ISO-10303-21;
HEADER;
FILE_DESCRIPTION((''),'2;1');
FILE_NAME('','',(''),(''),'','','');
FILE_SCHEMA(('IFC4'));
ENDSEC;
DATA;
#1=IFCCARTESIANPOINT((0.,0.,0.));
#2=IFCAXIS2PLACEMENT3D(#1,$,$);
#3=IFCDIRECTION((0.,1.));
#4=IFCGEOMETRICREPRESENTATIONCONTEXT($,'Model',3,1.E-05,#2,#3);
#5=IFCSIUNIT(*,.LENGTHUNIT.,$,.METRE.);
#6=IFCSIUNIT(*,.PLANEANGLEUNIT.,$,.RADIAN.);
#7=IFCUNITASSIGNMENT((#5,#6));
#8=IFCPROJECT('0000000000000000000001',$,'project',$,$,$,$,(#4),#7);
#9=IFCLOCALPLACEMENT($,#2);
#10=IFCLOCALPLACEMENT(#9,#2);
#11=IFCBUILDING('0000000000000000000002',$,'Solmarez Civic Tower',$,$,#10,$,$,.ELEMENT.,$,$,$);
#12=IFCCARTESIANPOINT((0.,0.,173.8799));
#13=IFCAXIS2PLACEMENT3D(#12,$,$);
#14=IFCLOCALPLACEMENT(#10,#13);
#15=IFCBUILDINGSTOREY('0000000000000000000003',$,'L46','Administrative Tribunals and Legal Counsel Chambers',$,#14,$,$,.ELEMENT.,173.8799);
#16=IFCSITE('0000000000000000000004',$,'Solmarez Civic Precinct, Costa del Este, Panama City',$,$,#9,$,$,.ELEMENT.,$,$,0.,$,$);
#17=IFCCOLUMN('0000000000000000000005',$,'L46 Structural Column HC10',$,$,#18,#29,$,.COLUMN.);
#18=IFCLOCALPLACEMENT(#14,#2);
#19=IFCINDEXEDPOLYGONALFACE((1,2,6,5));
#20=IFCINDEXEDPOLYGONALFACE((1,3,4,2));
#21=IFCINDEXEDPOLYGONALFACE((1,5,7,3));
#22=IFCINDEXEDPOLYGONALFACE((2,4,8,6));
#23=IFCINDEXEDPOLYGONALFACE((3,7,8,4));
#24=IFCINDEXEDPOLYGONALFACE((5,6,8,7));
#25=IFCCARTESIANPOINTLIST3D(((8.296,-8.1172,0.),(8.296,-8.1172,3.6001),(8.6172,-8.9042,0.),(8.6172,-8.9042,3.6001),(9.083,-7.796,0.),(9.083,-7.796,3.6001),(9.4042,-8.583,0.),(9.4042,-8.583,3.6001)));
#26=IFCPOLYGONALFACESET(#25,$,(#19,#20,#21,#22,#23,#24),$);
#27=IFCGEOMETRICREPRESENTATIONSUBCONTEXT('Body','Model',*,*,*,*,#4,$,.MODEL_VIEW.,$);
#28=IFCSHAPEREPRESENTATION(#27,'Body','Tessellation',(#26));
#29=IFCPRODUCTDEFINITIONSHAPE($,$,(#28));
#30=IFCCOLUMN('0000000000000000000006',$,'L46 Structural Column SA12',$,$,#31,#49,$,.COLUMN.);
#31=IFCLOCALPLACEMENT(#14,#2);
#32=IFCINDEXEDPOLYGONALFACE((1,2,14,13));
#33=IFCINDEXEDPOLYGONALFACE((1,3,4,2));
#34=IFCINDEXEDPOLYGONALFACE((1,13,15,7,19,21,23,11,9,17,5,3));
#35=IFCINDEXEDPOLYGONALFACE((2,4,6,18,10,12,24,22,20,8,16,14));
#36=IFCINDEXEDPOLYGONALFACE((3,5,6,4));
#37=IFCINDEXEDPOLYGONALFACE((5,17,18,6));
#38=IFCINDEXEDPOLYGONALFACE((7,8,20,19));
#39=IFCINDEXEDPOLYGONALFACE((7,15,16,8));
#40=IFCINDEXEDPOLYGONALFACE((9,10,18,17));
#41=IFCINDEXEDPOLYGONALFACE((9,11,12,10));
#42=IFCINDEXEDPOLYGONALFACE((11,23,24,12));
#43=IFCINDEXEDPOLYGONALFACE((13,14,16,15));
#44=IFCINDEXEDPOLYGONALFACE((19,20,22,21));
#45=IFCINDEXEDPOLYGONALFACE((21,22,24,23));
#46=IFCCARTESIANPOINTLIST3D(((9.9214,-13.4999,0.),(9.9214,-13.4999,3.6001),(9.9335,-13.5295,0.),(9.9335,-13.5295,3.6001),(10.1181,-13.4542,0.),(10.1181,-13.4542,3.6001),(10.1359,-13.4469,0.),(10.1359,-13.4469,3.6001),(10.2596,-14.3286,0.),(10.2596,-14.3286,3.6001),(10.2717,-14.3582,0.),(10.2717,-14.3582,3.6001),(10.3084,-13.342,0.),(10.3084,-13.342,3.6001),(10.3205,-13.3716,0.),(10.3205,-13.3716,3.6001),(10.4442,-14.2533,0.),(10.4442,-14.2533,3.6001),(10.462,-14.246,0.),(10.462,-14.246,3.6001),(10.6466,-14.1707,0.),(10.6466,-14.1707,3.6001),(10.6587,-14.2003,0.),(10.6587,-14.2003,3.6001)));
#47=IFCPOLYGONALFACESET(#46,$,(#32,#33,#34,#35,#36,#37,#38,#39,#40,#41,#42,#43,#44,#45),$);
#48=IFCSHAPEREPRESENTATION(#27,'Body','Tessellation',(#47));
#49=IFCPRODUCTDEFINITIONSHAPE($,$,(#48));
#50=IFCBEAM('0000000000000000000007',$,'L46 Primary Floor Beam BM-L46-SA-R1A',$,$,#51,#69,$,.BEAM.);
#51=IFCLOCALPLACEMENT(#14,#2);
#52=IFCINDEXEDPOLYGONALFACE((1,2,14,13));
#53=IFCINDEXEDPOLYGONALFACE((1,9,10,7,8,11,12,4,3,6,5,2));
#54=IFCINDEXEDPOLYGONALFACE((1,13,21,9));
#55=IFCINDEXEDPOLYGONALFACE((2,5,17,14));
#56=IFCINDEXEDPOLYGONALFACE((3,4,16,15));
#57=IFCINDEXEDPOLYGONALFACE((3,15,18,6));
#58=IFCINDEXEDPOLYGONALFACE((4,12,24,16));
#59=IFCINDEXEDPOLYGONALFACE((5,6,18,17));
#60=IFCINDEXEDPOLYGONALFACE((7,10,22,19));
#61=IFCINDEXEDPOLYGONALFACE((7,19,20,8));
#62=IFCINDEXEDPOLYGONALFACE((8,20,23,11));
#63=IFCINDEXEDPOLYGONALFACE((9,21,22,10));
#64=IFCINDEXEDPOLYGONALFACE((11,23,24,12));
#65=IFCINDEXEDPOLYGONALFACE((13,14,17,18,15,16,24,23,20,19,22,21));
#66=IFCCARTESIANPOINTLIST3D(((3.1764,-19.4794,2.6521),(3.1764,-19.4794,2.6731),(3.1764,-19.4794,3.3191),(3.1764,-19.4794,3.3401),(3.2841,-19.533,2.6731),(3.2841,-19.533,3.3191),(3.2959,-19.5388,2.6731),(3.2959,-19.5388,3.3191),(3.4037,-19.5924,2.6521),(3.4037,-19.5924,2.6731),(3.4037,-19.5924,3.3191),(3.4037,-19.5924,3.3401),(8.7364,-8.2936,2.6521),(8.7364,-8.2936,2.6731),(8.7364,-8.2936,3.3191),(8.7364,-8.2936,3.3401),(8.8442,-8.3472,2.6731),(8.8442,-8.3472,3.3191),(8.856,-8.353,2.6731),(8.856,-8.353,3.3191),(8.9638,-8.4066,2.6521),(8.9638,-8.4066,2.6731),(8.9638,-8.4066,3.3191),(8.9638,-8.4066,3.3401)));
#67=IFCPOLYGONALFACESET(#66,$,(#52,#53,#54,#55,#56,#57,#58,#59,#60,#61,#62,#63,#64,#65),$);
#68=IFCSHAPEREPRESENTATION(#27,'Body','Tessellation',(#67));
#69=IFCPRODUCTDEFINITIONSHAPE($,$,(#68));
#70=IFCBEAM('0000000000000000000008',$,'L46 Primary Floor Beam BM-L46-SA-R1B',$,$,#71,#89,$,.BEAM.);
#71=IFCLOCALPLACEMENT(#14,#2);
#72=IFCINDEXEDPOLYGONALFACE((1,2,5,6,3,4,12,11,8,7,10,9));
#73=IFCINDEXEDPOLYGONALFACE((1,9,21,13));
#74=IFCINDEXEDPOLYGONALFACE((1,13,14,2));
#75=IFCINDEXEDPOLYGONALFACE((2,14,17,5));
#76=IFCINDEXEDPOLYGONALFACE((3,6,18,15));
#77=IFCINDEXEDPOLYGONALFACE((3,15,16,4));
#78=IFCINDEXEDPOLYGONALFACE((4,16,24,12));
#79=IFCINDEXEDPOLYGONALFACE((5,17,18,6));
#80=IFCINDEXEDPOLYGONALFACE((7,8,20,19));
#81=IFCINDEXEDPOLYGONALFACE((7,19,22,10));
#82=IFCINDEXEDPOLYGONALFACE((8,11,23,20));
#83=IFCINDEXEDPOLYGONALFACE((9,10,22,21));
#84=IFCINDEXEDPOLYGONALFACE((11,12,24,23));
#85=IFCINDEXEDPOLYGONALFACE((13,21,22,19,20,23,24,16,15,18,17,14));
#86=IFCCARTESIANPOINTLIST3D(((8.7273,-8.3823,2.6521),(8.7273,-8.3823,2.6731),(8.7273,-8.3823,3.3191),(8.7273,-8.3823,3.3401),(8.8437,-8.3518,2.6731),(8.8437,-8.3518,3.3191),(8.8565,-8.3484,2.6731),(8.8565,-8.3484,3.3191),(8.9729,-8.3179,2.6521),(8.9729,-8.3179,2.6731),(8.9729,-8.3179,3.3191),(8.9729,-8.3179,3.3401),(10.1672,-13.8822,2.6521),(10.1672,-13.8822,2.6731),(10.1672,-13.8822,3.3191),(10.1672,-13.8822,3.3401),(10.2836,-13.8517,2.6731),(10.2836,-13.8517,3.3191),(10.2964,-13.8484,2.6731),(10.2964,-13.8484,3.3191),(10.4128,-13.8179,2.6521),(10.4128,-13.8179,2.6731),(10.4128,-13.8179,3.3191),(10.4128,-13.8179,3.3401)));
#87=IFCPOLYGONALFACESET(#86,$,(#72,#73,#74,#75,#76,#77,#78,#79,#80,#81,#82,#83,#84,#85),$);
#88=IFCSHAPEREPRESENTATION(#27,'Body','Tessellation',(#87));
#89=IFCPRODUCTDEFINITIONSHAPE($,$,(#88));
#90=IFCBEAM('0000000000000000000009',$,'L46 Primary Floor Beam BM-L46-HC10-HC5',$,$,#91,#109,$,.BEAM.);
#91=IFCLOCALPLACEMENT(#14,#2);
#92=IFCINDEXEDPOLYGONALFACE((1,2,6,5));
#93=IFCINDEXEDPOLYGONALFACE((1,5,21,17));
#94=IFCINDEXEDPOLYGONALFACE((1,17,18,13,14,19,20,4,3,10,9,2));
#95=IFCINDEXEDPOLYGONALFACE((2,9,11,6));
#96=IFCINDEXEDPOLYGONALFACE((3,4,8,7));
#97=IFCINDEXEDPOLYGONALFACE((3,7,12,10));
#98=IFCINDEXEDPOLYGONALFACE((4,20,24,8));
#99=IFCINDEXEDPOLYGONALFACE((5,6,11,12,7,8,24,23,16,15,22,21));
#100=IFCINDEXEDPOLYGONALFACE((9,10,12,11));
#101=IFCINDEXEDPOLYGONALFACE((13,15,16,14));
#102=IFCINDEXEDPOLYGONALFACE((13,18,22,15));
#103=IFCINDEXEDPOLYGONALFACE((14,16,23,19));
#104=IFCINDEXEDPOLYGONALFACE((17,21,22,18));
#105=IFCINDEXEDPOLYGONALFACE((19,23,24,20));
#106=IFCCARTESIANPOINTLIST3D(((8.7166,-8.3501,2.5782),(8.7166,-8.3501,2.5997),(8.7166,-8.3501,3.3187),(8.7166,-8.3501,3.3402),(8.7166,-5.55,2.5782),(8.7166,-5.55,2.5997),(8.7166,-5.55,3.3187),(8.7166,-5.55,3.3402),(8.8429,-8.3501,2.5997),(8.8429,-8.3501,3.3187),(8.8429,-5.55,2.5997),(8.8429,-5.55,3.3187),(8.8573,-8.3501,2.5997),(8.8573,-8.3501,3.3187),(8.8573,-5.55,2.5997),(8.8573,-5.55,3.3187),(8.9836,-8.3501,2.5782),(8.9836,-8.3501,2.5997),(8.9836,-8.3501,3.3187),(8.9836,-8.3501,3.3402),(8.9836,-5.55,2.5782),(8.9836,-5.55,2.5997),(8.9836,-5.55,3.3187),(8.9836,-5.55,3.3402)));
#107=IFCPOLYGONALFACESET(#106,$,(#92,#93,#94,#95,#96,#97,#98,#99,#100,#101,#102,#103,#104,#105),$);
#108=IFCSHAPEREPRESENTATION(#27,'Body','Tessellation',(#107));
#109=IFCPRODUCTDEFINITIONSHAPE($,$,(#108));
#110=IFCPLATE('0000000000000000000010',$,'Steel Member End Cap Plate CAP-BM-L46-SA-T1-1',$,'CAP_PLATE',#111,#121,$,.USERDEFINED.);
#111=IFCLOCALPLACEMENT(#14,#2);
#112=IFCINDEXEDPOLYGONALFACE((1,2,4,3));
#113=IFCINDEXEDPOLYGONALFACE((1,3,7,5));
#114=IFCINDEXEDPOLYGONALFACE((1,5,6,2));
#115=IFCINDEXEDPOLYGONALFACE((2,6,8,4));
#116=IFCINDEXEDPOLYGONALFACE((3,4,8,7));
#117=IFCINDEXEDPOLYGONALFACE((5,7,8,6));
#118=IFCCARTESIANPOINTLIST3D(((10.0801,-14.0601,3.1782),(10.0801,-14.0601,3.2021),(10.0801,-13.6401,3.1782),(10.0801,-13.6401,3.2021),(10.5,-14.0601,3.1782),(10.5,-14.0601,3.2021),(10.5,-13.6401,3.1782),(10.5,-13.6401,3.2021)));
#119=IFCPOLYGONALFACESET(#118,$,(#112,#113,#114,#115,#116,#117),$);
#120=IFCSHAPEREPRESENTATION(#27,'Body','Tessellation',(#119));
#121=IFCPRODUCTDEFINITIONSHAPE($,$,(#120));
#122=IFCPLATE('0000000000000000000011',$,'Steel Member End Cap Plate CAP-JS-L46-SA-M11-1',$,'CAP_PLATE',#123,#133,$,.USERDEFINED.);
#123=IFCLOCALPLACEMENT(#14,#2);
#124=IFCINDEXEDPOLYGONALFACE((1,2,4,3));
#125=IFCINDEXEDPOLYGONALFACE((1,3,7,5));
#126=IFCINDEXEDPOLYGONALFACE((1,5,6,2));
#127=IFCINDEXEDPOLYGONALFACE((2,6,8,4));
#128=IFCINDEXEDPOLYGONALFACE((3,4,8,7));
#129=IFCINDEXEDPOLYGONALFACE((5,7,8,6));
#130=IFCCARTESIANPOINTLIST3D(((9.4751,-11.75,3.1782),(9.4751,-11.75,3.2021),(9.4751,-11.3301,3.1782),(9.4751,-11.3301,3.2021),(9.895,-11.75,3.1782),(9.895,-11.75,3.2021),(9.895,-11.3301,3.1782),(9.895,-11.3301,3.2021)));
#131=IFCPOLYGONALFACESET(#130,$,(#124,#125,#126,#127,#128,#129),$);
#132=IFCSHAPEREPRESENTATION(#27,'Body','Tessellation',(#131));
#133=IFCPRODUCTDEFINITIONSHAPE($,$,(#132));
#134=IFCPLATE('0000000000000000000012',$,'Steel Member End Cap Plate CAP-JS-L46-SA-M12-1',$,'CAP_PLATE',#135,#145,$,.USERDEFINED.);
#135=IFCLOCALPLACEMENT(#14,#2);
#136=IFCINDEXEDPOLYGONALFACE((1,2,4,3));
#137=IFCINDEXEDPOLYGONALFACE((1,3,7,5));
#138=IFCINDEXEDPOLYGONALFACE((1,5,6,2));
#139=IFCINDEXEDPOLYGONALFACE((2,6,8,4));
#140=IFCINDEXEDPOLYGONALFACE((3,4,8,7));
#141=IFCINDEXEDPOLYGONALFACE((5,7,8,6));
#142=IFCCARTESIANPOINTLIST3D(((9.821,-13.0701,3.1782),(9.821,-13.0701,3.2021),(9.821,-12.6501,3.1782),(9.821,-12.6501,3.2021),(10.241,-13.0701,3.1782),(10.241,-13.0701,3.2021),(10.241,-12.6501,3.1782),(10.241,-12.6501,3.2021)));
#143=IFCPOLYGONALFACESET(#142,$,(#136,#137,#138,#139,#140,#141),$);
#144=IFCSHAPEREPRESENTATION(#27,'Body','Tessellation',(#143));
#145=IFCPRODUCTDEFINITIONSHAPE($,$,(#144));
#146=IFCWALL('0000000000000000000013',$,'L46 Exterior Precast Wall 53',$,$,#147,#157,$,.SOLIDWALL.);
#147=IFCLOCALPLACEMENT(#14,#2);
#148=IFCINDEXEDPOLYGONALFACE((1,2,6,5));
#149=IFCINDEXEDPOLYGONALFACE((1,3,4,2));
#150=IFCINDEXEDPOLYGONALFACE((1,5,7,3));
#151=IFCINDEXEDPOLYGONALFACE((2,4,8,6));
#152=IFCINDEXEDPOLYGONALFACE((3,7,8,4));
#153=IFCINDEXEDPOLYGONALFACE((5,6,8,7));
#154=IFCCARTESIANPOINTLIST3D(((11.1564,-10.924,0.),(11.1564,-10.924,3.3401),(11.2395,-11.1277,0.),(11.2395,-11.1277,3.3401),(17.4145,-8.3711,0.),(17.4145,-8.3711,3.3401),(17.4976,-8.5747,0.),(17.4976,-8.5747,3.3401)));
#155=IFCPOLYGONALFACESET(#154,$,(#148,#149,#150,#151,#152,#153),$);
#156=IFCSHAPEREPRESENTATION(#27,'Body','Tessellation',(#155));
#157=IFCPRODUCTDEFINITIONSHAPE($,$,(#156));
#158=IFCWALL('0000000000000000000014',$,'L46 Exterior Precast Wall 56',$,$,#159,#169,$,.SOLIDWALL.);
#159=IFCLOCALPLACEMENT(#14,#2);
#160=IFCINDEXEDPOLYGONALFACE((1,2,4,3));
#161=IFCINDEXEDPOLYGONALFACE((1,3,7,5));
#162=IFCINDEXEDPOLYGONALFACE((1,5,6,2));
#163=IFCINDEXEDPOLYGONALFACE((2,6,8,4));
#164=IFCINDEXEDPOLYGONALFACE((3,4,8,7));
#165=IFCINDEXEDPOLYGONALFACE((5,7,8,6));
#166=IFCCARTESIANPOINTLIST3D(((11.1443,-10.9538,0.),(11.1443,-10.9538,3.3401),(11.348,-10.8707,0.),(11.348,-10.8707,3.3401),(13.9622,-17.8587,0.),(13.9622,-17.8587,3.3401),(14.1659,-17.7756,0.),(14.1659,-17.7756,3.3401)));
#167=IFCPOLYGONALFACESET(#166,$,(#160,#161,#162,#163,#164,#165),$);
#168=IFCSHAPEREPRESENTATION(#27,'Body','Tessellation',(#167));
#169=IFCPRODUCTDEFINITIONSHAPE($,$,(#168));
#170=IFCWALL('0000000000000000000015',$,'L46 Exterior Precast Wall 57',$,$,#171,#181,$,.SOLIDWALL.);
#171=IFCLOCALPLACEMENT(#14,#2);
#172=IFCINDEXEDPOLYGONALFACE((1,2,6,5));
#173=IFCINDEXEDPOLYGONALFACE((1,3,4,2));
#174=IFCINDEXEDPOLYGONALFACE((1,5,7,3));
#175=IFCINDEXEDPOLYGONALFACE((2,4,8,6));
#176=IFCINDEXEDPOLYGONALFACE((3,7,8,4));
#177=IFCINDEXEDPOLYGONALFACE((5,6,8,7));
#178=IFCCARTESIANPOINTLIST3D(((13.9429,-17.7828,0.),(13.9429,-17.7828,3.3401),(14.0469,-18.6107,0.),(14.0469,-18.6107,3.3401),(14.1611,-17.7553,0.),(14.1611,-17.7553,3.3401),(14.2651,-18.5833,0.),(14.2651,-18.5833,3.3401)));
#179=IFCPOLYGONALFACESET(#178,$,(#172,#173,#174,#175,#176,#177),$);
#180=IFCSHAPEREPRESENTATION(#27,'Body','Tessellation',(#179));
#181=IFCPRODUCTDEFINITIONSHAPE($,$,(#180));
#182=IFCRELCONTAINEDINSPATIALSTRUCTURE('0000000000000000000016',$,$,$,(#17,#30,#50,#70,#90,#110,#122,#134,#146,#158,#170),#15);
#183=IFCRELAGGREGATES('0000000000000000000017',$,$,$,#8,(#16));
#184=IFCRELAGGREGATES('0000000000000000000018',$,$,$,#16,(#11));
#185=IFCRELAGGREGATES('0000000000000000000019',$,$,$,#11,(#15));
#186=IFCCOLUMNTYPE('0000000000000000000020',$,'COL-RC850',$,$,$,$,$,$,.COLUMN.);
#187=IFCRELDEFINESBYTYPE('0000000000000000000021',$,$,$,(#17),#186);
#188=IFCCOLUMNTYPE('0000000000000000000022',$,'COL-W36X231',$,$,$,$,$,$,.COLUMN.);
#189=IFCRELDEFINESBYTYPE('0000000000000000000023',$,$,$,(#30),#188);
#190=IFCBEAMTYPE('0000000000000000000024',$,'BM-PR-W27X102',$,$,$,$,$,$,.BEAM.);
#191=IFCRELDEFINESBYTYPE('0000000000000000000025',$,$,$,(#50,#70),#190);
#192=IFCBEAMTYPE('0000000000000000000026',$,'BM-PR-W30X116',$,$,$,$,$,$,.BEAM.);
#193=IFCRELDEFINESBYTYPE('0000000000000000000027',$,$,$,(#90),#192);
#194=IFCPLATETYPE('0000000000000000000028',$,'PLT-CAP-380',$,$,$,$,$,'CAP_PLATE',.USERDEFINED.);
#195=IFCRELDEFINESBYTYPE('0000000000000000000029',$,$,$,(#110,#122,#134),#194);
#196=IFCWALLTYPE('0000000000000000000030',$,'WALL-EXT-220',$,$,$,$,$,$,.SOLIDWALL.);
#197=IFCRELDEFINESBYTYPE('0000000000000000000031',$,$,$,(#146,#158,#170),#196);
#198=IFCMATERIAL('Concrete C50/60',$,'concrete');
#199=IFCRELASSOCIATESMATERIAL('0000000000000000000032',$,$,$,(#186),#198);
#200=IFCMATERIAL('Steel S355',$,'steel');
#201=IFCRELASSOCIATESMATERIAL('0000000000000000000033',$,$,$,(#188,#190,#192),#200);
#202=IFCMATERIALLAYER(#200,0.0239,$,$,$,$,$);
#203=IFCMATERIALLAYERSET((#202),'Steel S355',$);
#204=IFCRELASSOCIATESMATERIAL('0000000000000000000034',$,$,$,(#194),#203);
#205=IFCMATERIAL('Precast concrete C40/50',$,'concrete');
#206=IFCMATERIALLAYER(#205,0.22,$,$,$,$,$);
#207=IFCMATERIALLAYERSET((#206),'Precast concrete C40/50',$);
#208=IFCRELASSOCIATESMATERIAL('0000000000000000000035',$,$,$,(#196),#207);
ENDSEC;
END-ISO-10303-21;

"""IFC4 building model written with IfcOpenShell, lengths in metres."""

from ifc_helpers import new_model, si_unit, direction, frame, frame_2d, origin, origin_2d, place, context, subcontext, project, spatial, rectangle, i_section, extrude, material, layer, layer_set, material_profile, profile_set, type_object, element, save


model = new_model("IFC4")

# Units and contexts
model_context = context("Model", 3, precision=1e-05, world=origin(), true_north=direction((0.0, 1.0)))
body_context = subcontext(model_context, "Body", "Model", "MODEL_VIEW")
ifc_project = project(units=[si_unit("LENGTHUNIT", "METRE"), si_unit("PLANEANGLEUNIT", "RADIAN")], contexts=[model_context])

# Site, building, storey
site_placement = place(None, origin())
site = spatial("IfcSite", under=ifc_project, at=site_placement, Name="Solmarez Civic Precinct, Costa del Este, Panama City", CompositionType="ELEMENT", RefElevation=0.0)
building_placement = place(site_placement, origin())
building = spatial("IfcBuilding", under=site, at=building_placement, Name="Solmarez Civic Tower", CompositionType="ELEMENT")
storey_placement = place(building_placement, frame((0.0, 0.0, 173.8799)))
storey = spatial("IfcBuildingStorey", under=building, at=storey_placement, Name="L46", Description="Administrative Tribunals and Legal Counsel Chambers", CompositionType="ELEMENT", Elevation=173.8799)

# Columns
ifc_material_1 = material(Name="Concrete C50/60", Category="concrete")
ifc_material_profile_1 = material_profile(ifc_material_1, rectangle(XDim=0.8501, YDim=0.8501, at=origin_2d()), Name="RC850X850")
ifc_profile_set_1 = profile_set([ifc_material_profile_1], Name="Concrete C50/60")
column_type_1 = type_object("IfcColumnType", Name="COL-RC850", PredefinedType="COLUMN", material=ifc_profile_set_1)
column_1_placement = place(storey_placement, frame((8.8501, -8.3501, 0.0), z_axis=(0.0, 0.0, 1.0), x_axis=(0.925871, 0.377841, 0.0)))
element("IfcColumn", 1, at=column_1_placement, inside=storey, type_object=column_type_1, Name="L46 Structural Column HC10", PredefinedType="COLUMN", context=body_context, shape_type="SweptSolid", body=[
    extrude(rectangle(XDim=0.8501, YDim=0.8501, at=origin_2d()), origin(), (0.0, 0.0, 1.0), 3.6001),
])
ifc_material_2 = material(Name="Steel S355", Category="steel")
ifc_material_profile_2 = material_profile(ifc_material_2, i_section(OverallWidth=0.418, OverallDepth=0.927, WebThickness=0.0193, FlangeThickness=0.032, at=origin_2d()), Name="W36X231")
ifc_profile_set_2 = profile_set([ifc_material_profile_2], Name="Steel S355")
column_type_2 = type_object("IfcColumnType", Name="COL-W36X231", PredefinedType="COLUMN", material=ifc_profile_set_2)
column_2_placement = place(storey_placement, frame((10.29, -13.8501, 0.0), z_axis=(0.0, 0.0, 1.0), x_axis=(0.925871, 0.377841, 0.0)))
element("IfcColumn", 2, at=column_2_placement, inside=storey, type_object=column_type_2, Name="L46 Structural Column SA12", PredefinedType="COLUMN", context=body_context, shape_type="SweptSolid", body=[
    extrude(i_section(OverallWidth=0.418, OverallDepth=0.927, WebThickness=0.0193, FlangeThickness=0.032, at=origin_2d()), origin(), (0.0, 0.0, 1.0), 3.6001),
])

# Beams
ifc_material_profile_3 = material_profile(ifc_material_2, i_section(OverallWidth=0.2539, OverallDepth=0.688, WebThickness=0.0132, FlangeThickness=0.021, at=origin_2d()), Name="W27X102")
ifc_profile_set_3 = profile_set([ifc_material_profile_3], Name="Steel S355")
beam_type_1 = type_object("IfcBeamType", Name="BM-PR-W27X102", PredefinedType="BEAM", material=ifc_profile_set_3)
beam_1_placement = place(storey_placement, frame((8.8501, -8.3501, 2.9961), z_axis=(-0.445109, -0.895476, 0.0), x_axis=(0.895476, -0.445109, 0.0)))
element("IfcBeam", 3, at=beam_1_placement, inside=storey, type_object=beam_type_1, Name="L46 Primary Floor Beam BM-L46-SA-R1A", PredefinedType="BEAM", context=body_context, shape_type="SweptSolid", body=[
    extrude(i_section(OverallWidth=0.2539, OverallDepth=0.688, WebThickness=0.0132, FlangeThickness=0.021, at=origin_2d()), origin(), (0.0, 0.0, 1.0), 12.4915),
])
beam_2_placement = place(storey_placement, frame((8.8501, -8.3501, 2.9961), z_axis=(0.253271, -0.967395, 0.0), x_axis=(0.967395, 0.253271, 0.0)))
element("IfcBeam", 4, at=beam_2_placement, inside=storey, type_object=beam_type_1, Name="L46 Primary Floor Beam BM-L46-SA-R1B", PredefinedType="BEAM", context=body_context, shape_type="SweptSolid", body=[
    extrude(i_section(OverallWidth=0.2539, OverallDepth=0.688, WebThickness=0.0132, FlangeThickness=0.021, at=origin_2d()), origin(), (0.0, 0.0, 1.0), 5.6853),
])
ifc_material_profile_4 = material_profile(ifc_material_2, i_section(OverallWidth=0.2671, OverallDepth=0.762, WebThickness=0.0144, FlangeThickness=0.0215, at=origin_2d()), Name="W30X116")
ifc_profile_set_4 = profile_set([ifc_material_profile_4], Name="Steel S355")
beam_type_2 = type_object("IfcBeamType", Name="BM-PR-W30X116", PredefinedType="BEAM", material=ifc_profile_set_4)
beam_3_placement = place(storey_placement, frame((8.8501, -8.3501, 2.9592), z_axis=(0.0, 1.0, 0.0), x_axis=(-1.0, 0.0, 0.0)))
element("IfcBeam", 5, at=beam_3_placement, inside=storey, type_object=beam_type_2, Name="L46 Primary Floor Beam BM-L46-HC10-HC5", PredefinedType="BEAM", context=body_context, shape_type="SweptSolid", body=[
    extrude(i_section(OverallWidth=0.2671, OverallDepth=0.762, WebThickness=0.0144, FlangeThickness=0.0215, at=origin_2d()), origin(), (0.0, 0.0, 1.0), 2.8),
])

# Plates
ifc_layer_1 = layer(ifc_material_2, 0.0239)
ifc_layer_set_1 = layer_set([ifc_layer_1], Name="Steel S355")
plate_type = type_object("IfcPlateType", Name="PLT-CAP-380", ElementType="CAP_PLATE", PredefinedType="USERDEFINED", material=ifc_layer_set_1)
for number, where, z_axis, x_axis, name in (
    (6, (10.29, -13.8501, 3.1782), (0.0, 0.0, 1.0), (1.0, 0.0, 0.0), "Steel Member End Cap Plate CAP-BM-L46-SA-T1-1"),
    (7, (9.6851, -11.54, 3.1782), (0.0, 0.0, 1.0), (1.0, 0.0, 0.0), "Steel Member End Cap Plate CAP-JS-L46-SA-M11-1"),
    (8, (10.031, -12.8601, 3.1782), (0.0, 0.0, 1.0), (1.0, 0.0, 0.0), "Steel Member End Cap Plate CAP-JS-L46-SA-M12-1"),
):
    element("IfcPlate", number, at=place(storey_placement, frame(where, z_axis=z_axis, x_axis=x_axis)), inside=storey, type_object=plate_type, Name=name, ObjectType="CAP_PLATE", PredefinedType="USERDEFINED", context=body_context, shape_type="SweptSolid", body=[
        extrude(rectangle(XDim=0.4199, YDim=0.4199, at=origin_2d()), origin(), (0.0, 0.0, 1.0), 0.0239),
    ])

# Walls
ifc_material_3 = material(Name="Precast concrete C40/50", Category="concrete")
ifc_layer_2 = layer(ifc_material_3, 0.22)
ifc_layer_set_2 = layer_set([ifc_layer_2], Name="Precast concrete C40/50")
wall_type_1 = type_object("IfcWallType", Name="WALL-EXT-220", PredefinedType="SOLIDWALL", material=ifc_layer_set_2)
wall_1_placement = place(storey_placement, frame((17.4561, -8.4729, 0.0), z_axis=(0.0, 0.0, 1.0), x_axis=(-0.925916, -0.377728, 0.0)))
element("IfcWall", 9, at=wall_1_placement, inside=storey, type_object=wall_type_1, Name="L46 Exterior Precast Wall 53", PredefinedType="SOLIDWALL", context=body_context, shape_type="SweptSolid", body=[
    extrude(rectangle(XDim=6.7588, YDim=0.22, at=frame_2d((3.3794, 0.0))), origin(), (0.0, 0.0, 1.0), 3.3401),
])
wall_2_placement = place(storey_placement, frame((11.2461, -10.9121, 0.0), z_axis=(0.0, 0.0, 1.0), x_axis=(0.37785, -0.925867, 0.0)))
element("IfcWall", 10, at=wall_2_placement, inside=storey, type_object=wall_type_1, Name="L46 Exterior Precast Wall 56", PredefinedType="SOLIDWALL", context=body_context, shape_type="SweptSolid", body=[
    extrude(rectangle(XDim=7.4578, YDim=0.22, at=frame_2d((3.729, 0.0))), origin(), (0.0, 0.0, 1.0), 3.3401),
])
wall_3_placement = place(storey_placement, frame((14.052, -17.769, 0.0), z_axis=(0.0, 0.0, 1.0), x_axis=(0.124647, -0.992201, 0.0)))
element("IfcWall", 11, at=wall_3_placement, inside=storey, type_object=wall_type_1, Name="L46 Exterior Precast Wall 57", PredefinedType="SOLIDWALL", context=body_context, shape_type="SweptSolid", body=[
    extrude(rectangle(XDim=0.8345, YDim=0.22, at=frame_2d((0.4172, 0.0))), origin(), (0.0, 0.0, 1.0), 3.3401),
])

save(model, "model.ifc")
